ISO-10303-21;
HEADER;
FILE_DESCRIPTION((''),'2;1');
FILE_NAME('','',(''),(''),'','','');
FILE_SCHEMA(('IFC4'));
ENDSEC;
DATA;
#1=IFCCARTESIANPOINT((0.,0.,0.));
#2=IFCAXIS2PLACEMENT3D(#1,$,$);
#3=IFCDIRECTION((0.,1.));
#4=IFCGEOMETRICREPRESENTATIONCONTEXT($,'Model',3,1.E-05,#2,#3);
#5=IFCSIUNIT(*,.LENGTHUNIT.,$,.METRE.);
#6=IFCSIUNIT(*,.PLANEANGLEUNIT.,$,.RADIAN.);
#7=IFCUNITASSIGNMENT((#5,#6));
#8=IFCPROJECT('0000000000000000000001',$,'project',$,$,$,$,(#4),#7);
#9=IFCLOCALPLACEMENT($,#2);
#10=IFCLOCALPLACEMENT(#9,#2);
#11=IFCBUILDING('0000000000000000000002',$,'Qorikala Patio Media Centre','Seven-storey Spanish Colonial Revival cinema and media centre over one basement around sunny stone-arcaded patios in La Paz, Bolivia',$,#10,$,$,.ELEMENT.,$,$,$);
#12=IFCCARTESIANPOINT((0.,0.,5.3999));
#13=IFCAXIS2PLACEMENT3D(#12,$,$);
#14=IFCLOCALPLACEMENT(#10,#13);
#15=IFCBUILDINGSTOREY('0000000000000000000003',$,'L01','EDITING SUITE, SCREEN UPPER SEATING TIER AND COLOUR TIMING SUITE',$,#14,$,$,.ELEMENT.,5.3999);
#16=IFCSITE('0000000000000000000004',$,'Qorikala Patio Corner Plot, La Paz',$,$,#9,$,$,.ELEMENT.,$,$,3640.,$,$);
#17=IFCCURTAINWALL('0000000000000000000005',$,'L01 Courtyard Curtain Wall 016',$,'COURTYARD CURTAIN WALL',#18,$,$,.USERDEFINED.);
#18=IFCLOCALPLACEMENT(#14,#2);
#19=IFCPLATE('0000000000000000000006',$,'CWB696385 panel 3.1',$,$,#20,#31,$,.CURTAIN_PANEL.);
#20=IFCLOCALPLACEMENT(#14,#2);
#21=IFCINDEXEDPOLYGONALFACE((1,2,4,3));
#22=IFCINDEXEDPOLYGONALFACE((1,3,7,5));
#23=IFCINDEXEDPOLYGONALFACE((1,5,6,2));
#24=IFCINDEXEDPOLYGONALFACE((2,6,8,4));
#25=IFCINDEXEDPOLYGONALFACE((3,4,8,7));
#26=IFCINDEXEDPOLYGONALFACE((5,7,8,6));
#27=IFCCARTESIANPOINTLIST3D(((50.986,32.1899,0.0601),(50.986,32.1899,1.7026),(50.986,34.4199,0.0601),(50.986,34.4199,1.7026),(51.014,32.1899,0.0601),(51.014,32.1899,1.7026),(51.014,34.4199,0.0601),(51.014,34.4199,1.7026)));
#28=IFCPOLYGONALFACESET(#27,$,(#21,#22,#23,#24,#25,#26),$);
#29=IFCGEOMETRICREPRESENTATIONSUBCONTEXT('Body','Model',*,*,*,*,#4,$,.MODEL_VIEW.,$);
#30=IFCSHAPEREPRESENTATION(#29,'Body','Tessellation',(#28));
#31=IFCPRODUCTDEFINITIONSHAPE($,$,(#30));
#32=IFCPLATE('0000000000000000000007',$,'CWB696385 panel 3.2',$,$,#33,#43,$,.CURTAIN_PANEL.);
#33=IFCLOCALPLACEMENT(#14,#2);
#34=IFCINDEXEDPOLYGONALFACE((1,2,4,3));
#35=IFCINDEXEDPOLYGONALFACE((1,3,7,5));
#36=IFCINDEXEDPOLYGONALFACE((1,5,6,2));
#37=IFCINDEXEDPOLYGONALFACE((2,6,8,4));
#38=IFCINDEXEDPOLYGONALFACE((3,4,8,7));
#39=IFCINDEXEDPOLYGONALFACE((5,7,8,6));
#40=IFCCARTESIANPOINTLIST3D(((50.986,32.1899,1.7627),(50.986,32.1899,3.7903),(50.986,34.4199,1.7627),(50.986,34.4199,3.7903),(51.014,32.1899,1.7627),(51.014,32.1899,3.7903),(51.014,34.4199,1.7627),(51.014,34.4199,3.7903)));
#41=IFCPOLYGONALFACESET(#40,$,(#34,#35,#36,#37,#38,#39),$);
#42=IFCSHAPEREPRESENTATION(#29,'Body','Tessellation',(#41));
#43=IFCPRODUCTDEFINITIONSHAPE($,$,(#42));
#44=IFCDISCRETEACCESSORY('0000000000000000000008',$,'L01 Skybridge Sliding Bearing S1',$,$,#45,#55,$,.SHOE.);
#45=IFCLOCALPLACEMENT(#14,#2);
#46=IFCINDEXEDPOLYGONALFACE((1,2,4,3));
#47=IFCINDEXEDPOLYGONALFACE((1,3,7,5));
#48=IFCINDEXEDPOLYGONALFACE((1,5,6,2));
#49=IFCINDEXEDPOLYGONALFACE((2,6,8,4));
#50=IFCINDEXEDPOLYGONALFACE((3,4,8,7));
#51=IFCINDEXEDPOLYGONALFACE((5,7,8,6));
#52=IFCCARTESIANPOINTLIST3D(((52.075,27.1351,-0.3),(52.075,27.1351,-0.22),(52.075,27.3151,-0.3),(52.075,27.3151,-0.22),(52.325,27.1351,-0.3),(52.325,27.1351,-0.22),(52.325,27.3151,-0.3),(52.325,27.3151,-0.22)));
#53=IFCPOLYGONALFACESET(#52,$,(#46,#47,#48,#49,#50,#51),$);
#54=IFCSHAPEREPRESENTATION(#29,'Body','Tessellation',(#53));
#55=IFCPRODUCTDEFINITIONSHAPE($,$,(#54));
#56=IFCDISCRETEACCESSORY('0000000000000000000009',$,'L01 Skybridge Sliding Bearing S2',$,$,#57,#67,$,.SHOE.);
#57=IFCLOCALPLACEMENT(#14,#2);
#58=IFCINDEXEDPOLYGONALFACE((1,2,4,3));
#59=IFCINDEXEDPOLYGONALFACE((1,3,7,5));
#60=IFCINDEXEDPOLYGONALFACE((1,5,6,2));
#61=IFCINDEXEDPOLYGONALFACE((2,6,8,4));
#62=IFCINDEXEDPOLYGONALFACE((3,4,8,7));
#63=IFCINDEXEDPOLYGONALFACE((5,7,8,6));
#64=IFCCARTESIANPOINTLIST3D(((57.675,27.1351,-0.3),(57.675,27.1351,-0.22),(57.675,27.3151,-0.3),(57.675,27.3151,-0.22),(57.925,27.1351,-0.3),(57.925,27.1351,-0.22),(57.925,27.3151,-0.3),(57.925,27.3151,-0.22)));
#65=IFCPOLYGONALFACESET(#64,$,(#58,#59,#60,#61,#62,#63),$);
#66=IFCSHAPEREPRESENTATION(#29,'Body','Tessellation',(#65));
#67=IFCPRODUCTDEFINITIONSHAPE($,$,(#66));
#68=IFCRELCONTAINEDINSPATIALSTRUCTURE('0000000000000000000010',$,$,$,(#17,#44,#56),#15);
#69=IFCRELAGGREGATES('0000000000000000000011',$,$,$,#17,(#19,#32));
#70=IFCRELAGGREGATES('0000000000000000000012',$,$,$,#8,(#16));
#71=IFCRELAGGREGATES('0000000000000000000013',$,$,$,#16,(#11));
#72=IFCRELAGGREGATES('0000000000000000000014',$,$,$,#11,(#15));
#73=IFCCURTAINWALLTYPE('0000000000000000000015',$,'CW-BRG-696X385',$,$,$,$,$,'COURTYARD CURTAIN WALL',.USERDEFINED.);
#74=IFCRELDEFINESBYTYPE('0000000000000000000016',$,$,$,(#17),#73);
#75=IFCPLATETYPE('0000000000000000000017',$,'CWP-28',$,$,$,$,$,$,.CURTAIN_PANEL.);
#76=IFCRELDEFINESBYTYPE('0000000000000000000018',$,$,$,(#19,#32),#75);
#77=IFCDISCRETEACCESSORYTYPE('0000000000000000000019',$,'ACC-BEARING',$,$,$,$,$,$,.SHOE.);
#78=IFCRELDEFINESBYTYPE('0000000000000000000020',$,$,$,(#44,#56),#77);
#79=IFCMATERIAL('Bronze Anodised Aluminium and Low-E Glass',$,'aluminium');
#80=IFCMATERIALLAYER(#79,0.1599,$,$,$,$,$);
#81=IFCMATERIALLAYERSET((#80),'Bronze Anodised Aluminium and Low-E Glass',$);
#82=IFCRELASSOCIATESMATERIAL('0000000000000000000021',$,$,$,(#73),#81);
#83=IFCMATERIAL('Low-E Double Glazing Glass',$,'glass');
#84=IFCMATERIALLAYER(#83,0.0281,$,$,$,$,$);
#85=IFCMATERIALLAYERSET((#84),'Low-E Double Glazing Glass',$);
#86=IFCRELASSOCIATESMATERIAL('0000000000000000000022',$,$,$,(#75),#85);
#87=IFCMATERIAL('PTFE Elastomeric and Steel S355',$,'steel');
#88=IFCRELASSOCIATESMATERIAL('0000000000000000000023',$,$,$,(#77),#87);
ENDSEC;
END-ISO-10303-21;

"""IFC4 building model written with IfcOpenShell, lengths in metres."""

from ifc_helpers import new_model, si_unit, direction, frame, origin, origin_2d, place, context, subcontext, project, spatial, rectangle, extrude, material, layer, layer_set, type_object, element, aggregate, save


model = new_model("IFC4")

# Units and contexts
model_context = context("Model", 3, precision=1e-05, world=origin(), true_north=direction((0.0, 1.0)))
body_context = subcontext(model_context, "Body", "Model", "MODEL_VIEW")
ifc_project = project(units=[si_unit("LENGTHUNIT", "METRE"), si_unit("PLANEANGLEUNIT", "RADIAN")], contexts=[model_context])

# Site, building, storey
site_placement = place(None, origin())
site = spatial("IfcSite", under=ifc_project, at=site_placement, Name="Qorikala Patio Corner Plot, La Paz", CompositionType="ELEMENT", RefElevation=3640.0)
building_placement = place(site_placement, origin())
building = spatial("IfcBuilding", under=site, at=building_placement, Name="Qorikala Patio Media Centre", Description="Seven-storey Spanish Colonial Revival cinema and media centre over one basement around sunny stone-arcaded patios in La Paz, Bolivia", CompositionType="ELEMENT")
storey_placement = place(building_placement, frame((0.0, 0.0, 5.3999)))
storey = spatial("IfcBuildingStorey", under=building, at=storey_placement, Name="L01", Description="EDITING SUITE, SCREEN UPPER SEATING TIER AND COLOUR TIMING SUITE", CompositionType="ELEMENT", Elevation=5.3999)

# Curtain wall
ifc_material_1 = material(Name="Bronze Anodised Aluminium and Low-E Glass", Category="aluminium")
ifc_layer_1 = layer(ifc_material_1, 0.1599)
ifc_layer_set_1 = layer_set([ifc_layer_1], Name="Bronze Anodised Aluminium and Low-E Glass")
curtain_wall_type = type_object("IfcCurtainWallType", Name="CW-BRG-696X385", ElementType="COURTYARD CURTAIN WALL", PredefinedType="USERDEFINED", material=ifc_layer_set_1)
curtain_wall_placement = place(storey_placement, origin())
curtain_wall = element("IfcCurtainWall", 1, at=curtain_wall_placement, inside=storey, type_object=curtain_wall_type, Name="L01 Courtyard Curtain Wall 016", ObjectType="COURTYARD CURTAIN WALL", PredefinedType="USERDEFINED")

# Plates
ifc_material_2 = material(Name="Low-E Double Glazing Glass", Category="glass")
ifc_layer_2 = layer(ifc_material_2, 0.0281)
ifc_layer_set_2 = layer_set([ifc_layer_2], Name="Low-E Double Glazing Glass")
plate_type = type_object("IfcPlateType", Name="CWP-28", PredefinedType="CURTAIN_PANEL", material=ifc_layer_set_2)
plate_1_placement = place(storey_placement, frame((51.0, 33.3049, 0.0601), z_axis=(0.0, 0.0, 1.0), x_axis=(0.0, 1.0, 0.0)))
plate_1 = element("IfcPlate", 2, at=plate_1_placement, type_object=plate_type, Name="CWB696385 panel 3.1", PredefinedType="CURTAIN_PANEL", context=body_context, shape_type="SweptSolid", body=[
    extrude(rectangle(XDim=2.23, YDim=0.0281, at=origin_2d()), origin(), (0.0, 0.0, 1.0), 1.6426),
])
plate_2_placement = place(storey_placement, frame((51.0, 33.3049, 1.7627), z_axis=(0.0, 0.0, 1.0), x_axis=(0.0, 1.0, 0.0)))
plate_2 = element("IfcPlate", 3, at=plate_2_placement, type_object=plate_type, Name="CWB696385 panel 3.2", PredefinedType="CURTAIN_PANEL", context=body_context, shape_type="SweptSolid", body=[
    extrude(rectangle(XDim=2.23, YDim=0.0281, at=origin_2d()), origin(), (0.0, 0.0, 1.0), 2.0276),
])
aggregate(curtain_wall, [plate_1, plate_2])

# Discrete accessories
ifc_material_3 = material(Name="PTFE Elastomeric and Steel S355", Category="steel")
discrete_accessory_type = type_object("IfcDiscreteAccessoryType", Name="ACC-BEARING", PredefinedType="SHOE", material=ifc_material_3)
for number, where, z_axis, x_axis, name in (
    (4, (52.2, 27.2251, -0.3), (0.0, 0.0, 1.0), (1.0, 0.0, 0.0), "L01 Skybridge Sliding Bearing S1"),
    (5, (57.8, 27.2251, -0.3), (0.0, 0.0, 1.0), (1.0, 0.0, 0.0), "L01 Skybridge Sliding Bearing S2"),
):
    element("IfcDiscreteAccessory", number, at=place(storey_placement, frame(where, z_axis=z_axis, x_axis=x_axis)), inside=storey, type_object=discrete_accessory_type, Name=name, PredefinedType="SHOE", context=body_context, shape_type="SweptSolid", body=[
        extrude(rectangle(XDim=0.25, YDim=0.1799, at=origin_2d()), origin(), (0.0, 0.0, 1.0), 0.0801),
    ])

save(model, "model.ifc")
